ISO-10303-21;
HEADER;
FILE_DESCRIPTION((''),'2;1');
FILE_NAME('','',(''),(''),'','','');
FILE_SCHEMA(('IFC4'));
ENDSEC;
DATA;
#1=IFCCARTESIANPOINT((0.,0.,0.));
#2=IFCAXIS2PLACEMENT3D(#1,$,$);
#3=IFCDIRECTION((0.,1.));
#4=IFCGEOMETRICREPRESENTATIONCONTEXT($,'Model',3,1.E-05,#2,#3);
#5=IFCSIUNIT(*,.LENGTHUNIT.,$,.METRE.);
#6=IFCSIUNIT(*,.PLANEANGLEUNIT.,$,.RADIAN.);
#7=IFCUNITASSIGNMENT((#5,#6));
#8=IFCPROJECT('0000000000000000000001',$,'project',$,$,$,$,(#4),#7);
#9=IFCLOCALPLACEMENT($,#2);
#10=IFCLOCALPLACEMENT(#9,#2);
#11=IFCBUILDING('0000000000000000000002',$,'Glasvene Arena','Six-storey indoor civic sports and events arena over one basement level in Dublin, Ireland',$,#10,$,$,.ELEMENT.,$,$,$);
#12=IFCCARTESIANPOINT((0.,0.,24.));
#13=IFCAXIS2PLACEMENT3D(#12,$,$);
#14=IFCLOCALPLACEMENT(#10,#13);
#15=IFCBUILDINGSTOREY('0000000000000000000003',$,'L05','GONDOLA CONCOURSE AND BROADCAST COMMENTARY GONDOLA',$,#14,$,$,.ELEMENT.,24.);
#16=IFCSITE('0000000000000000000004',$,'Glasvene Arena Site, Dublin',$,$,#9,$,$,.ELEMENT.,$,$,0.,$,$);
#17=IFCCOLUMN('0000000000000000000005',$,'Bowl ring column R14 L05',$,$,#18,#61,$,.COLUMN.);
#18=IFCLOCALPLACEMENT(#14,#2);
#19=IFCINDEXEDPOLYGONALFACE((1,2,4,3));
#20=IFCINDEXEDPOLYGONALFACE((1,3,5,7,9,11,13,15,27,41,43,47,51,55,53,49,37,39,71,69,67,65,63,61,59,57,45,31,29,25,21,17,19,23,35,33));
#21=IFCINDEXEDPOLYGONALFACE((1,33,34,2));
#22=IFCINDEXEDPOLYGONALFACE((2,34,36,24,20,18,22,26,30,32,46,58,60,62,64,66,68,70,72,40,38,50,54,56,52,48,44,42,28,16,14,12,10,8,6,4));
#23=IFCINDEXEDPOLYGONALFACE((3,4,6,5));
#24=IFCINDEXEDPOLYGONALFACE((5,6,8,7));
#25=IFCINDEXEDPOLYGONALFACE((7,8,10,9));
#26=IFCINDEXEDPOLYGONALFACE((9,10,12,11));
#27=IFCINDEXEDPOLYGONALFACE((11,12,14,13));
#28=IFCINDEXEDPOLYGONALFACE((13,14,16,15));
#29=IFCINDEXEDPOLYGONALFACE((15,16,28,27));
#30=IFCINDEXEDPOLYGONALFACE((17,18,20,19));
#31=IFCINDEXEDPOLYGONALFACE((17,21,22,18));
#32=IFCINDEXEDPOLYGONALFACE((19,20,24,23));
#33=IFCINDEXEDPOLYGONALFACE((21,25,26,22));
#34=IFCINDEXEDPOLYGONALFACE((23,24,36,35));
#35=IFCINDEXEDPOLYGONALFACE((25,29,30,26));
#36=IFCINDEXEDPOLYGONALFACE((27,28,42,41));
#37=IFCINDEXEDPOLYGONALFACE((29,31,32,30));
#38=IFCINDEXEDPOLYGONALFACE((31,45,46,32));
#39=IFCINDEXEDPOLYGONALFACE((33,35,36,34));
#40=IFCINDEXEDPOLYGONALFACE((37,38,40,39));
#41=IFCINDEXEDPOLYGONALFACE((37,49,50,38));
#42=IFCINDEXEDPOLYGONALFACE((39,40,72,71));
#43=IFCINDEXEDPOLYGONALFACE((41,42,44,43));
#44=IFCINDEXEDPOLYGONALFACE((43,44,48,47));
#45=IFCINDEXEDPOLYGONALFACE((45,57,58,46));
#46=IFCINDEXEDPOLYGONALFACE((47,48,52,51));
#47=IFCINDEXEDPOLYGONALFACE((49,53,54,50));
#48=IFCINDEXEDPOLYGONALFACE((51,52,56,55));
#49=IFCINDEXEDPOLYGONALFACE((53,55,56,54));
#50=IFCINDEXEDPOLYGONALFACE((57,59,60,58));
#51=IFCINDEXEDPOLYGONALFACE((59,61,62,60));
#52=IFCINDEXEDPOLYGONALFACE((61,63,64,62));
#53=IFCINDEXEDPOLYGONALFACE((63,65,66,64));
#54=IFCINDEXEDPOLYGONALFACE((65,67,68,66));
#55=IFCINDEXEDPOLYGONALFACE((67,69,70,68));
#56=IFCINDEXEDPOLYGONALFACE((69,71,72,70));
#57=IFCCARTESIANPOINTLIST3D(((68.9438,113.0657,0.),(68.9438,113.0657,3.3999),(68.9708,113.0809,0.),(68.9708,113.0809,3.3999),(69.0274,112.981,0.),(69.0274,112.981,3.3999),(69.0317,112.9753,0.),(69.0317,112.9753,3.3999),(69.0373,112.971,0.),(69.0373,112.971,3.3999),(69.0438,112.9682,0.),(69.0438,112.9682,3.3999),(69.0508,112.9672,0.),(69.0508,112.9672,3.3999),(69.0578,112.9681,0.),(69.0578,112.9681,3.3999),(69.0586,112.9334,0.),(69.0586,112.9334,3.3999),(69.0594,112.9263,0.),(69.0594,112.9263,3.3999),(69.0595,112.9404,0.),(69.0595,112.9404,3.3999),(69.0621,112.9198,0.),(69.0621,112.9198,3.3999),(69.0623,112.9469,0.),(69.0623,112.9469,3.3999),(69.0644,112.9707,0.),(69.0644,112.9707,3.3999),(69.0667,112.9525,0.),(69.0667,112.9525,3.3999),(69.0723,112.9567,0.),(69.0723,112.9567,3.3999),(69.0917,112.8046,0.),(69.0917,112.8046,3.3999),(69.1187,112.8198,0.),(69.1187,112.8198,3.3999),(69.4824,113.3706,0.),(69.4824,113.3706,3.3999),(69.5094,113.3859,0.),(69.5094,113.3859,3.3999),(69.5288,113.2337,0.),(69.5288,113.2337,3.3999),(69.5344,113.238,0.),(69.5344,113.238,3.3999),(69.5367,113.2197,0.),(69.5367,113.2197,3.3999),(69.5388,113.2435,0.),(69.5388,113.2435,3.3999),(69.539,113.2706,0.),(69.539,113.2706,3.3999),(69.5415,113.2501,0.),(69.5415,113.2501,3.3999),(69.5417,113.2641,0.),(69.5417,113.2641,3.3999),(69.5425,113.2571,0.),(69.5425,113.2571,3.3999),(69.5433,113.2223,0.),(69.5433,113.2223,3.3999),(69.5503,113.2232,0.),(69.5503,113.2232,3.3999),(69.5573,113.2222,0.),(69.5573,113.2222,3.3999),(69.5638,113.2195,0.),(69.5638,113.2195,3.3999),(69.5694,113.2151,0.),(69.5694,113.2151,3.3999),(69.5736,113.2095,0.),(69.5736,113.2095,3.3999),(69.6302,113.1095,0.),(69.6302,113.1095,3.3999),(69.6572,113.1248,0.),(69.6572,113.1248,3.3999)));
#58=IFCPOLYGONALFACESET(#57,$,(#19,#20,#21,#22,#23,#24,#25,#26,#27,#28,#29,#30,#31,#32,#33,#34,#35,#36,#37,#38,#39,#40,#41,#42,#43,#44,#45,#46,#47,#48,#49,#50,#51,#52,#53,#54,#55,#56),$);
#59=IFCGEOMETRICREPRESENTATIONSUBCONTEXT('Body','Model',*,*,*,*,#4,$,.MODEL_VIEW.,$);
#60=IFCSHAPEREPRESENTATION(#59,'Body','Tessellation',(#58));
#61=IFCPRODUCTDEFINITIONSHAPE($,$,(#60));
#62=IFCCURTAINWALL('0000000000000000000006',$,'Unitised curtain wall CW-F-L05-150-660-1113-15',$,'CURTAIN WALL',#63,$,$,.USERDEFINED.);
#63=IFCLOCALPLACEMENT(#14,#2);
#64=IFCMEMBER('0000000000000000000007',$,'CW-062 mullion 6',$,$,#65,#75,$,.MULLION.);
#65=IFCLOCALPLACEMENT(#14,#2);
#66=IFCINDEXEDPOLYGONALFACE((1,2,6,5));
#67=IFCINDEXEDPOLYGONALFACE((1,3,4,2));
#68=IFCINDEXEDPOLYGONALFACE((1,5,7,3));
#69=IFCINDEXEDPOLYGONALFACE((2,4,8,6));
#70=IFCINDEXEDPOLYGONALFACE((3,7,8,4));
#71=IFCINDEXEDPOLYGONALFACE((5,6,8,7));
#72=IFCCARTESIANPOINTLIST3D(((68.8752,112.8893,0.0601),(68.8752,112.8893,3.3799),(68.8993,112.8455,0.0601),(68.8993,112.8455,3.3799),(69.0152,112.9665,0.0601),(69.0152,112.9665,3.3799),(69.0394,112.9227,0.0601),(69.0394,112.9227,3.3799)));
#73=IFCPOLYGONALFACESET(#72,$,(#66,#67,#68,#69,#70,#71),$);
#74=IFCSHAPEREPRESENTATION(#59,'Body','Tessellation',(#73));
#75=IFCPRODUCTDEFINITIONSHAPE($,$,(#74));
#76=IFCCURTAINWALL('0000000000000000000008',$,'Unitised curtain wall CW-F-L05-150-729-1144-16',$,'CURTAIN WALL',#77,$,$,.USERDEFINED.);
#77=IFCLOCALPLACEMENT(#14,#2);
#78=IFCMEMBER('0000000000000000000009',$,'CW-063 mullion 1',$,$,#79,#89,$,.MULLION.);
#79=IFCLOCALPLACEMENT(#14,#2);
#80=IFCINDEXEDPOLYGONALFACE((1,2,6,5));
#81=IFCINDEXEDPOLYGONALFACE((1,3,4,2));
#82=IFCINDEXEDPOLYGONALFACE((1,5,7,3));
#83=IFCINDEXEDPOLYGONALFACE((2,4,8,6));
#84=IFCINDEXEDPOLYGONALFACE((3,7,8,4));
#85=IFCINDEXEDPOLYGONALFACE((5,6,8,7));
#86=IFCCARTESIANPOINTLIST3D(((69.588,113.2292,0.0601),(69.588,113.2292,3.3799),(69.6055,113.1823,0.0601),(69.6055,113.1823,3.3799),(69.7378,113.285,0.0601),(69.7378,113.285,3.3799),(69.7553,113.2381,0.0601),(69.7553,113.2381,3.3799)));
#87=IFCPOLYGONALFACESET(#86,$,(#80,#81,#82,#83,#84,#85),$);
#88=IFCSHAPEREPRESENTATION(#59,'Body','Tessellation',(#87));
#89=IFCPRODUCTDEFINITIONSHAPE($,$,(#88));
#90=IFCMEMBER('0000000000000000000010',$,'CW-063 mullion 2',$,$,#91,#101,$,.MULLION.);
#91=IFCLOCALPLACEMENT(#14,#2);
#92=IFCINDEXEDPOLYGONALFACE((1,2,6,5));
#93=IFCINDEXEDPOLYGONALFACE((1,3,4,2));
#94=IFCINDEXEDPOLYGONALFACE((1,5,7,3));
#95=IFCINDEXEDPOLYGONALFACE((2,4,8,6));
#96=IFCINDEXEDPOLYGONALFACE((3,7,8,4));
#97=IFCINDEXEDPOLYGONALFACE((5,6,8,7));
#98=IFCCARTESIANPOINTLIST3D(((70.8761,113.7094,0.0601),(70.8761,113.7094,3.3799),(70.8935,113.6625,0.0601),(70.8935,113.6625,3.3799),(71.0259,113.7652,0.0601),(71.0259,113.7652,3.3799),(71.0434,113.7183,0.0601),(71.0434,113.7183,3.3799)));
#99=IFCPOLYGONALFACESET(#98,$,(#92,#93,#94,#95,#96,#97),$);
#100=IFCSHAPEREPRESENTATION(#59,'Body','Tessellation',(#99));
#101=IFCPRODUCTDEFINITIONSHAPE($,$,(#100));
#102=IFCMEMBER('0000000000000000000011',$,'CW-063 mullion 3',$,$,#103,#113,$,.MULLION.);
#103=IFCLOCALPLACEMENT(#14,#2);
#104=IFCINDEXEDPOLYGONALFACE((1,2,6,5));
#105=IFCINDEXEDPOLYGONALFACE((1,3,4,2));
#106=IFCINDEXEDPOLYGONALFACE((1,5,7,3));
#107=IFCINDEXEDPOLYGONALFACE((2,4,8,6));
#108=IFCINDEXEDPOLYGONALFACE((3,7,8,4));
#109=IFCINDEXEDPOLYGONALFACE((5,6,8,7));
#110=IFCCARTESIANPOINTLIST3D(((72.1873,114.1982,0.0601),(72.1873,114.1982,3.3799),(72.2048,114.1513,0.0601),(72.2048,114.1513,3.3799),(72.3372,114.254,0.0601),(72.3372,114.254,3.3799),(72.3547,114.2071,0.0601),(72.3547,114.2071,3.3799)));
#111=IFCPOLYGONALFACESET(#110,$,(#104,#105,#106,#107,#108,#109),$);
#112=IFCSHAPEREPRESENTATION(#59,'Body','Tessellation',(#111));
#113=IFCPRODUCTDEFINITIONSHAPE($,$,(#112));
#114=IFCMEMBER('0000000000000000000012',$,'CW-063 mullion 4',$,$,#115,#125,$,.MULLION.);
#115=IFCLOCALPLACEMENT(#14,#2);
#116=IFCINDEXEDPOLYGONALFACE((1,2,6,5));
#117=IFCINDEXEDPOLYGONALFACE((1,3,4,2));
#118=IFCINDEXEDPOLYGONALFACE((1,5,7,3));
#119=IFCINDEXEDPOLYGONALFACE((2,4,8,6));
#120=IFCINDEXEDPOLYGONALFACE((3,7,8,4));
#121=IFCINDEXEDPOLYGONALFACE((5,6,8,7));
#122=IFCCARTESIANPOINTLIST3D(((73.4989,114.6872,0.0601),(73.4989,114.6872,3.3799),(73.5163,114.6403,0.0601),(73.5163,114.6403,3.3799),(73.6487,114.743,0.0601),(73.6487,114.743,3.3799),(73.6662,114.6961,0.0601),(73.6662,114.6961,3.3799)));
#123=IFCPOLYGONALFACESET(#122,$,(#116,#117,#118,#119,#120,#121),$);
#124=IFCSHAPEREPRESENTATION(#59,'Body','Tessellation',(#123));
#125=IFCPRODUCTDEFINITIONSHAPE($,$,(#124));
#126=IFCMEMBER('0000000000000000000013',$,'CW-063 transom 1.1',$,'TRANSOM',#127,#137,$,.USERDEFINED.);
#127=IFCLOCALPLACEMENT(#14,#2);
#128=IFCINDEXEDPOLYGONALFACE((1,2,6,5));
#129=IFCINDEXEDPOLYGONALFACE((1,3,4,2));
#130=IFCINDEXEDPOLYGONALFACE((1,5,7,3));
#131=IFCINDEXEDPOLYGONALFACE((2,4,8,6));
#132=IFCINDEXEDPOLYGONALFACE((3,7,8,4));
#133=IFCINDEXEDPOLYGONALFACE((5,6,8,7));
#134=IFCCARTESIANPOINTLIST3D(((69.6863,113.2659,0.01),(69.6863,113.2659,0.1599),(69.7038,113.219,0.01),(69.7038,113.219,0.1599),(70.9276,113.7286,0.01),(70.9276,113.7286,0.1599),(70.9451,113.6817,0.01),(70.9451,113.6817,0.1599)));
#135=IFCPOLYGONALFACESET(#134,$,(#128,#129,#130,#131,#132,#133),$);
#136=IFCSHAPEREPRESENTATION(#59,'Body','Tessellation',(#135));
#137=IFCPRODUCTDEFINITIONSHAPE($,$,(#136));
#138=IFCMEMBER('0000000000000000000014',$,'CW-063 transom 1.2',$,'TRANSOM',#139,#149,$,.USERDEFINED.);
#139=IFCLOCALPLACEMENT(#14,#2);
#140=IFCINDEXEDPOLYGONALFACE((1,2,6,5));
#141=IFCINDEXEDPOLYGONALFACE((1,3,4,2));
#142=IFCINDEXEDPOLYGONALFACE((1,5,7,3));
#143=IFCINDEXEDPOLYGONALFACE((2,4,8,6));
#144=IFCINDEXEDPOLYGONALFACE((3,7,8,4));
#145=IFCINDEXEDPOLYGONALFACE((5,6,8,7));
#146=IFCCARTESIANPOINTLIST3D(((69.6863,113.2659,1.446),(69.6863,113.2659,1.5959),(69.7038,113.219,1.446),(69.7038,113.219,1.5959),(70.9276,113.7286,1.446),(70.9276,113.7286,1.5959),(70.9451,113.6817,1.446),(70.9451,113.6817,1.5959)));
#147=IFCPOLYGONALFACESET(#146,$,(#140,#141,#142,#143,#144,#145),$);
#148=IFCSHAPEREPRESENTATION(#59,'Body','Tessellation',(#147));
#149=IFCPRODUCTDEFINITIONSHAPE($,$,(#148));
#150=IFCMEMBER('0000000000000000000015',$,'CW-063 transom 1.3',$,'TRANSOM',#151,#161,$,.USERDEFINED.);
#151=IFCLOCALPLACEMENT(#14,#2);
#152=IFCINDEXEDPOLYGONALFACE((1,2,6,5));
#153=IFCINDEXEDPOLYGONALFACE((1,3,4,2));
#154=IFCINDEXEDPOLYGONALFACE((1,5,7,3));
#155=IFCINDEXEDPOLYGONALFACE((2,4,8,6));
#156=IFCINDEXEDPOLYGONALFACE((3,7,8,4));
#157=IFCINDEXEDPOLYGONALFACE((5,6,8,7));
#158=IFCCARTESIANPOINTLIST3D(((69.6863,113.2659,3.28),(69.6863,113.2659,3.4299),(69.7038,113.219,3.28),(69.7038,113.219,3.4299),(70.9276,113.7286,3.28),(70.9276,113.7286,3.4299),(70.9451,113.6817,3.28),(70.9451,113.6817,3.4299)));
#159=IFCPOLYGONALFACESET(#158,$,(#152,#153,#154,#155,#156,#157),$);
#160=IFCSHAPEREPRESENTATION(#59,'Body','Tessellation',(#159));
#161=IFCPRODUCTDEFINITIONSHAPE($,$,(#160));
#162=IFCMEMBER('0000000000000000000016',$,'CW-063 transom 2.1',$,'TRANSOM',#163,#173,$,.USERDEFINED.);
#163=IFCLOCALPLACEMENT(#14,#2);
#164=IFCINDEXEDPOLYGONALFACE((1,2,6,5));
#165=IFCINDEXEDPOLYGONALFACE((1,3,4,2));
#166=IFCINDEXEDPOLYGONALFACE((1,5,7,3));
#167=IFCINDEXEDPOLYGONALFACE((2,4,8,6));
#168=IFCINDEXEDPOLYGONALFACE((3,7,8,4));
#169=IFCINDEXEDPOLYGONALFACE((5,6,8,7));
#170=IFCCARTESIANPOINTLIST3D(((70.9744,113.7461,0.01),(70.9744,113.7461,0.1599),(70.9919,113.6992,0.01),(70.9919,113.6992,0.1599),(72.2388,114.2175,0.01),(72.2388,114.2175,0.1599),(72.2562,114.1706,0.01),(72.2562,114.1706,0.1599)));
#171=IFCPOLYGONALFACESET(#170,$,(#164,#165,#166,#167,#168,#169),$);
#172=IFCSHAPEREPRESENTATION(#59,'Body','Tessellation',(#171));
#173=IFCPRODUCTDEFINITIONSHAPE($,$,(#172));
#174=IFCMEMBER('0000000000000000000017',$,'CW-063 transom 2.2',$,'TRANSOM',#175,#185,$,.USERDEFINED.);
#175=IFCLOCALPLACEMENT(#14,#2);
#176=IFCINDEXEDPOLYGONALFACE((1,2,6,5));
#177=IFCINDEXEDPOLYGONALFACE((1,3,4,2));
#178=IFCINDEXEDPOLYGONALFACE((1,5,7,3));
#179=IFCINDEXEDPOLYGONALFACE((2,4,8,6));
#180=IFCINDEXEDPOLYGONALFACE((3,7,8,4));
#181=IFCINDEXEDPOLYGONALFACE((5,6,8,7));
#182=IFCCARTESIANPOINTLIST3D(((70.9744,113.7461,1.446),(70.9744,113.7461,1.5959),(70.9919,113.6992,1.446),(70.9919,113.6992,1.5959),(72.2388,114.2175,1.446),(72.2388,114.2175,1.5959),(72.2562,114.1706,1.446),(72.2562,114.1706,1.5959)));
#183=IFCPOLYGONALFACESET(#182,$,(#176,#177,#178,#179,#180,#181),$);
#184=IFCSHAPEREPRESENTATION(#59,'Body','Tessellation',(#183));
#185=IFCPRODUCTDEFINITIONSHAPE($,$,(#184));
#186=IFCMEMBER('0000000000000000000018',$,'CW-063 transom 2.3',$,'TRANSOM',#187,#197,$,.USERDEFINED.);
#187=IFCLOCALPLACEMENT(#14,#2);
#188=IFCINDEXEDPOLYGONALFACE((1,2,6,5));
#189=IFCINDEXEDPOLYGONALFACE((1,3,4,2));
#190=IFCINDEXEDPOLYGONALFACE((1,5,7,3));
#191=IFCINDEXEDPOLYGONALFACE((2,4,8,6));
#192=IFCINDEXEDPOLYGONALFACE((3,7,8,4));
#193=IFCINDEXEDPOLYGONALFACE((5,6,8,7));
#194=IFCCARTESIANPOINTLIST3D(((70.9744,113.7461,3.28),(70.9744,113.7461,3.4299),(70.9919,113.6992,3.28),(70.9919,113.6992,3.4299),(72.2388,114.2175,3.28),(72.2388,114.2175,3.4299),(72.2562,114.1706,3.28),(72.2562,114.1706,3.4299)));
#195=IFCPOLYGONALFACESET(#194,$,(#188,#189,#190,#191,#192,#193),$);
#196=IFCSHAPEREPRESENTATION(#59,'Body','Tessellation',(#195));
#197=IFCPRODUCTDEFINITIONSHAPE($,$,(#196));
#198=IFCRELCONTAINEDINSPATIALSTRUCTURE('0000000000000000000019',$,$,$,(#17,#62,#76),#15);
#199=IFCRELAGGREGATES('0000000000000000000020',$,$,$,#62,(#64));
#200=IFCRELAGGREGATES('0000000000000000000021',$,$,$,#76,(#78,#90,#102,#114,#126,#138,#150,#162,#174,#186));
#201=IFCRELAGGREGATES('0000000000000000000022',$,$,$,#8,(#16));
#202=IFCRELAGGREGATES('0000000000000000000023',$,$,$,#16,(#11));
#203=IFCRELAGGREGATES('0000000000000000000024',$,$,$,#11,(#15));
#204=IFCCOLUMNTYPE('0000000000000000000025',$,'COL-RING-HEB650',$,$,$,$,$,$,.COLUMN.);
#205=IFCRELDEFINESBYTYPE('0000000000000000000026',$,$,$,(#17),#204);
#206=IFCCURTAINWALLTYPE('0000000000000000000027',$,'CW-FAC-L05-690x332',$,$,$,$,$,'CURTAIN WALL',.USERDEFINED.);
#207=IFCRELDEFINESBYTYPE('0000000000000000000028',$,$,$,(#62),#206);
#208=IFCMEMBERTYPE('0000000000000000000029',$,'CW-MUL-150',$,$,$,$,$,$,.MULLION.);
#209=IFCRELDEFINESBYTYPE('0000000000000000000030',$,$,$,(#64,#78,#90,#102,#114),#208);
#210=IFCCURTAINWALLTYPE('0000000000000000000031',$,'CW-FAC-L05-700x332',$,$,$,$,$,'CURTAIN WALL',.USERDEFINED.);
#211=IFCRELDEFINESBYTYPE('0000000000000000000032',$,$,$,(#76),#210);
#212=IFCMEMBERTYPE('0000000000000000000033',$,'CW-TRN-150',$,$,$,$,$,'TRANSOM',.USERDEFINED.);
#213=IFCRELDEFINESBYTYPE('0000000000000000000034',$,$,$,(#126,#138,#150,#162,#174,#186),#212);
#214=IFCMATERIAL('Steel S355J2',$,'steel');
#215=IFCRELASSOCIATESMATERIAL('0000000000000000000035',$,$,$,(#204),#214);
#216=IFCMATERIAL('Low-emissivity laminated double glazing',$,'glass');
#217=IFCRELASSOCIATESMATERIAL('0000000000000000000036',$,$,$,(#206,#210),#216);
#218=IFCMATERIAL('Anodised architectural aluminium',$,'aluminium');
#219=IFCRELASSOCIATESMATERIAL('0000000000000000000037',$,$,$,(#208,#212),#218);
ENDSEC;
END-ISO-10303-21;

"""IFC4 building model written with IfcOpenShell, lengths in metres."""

from ifc_helpers import new_model, si_unit, direction, frame, origin, origin_2d, place, context, subcontext, project, spatial, rectangle, i_section, extrude, material, material_profile, profile_set, type_object, element, aggregate, save


model = new_model("IFC4")

# Units and contexts
model_context = context("Model", 3, precision=1e-05, world=origin(), true_north=direction((0.0, 1.0)))
body_context = subcontext(model_context, "Body", "Model", "MODEL_VIEW")
ifc_project = project(units=[si_unit("LENGTHUNIT", "METRE"), si_unit("PLANEANGLEUNIT", "RADIAN")], contexts=[model_context])

# Site, building, storey
site_placement = place(None, origin())
site = spatial("IfcSite", under=ifc_project, at=site_placement, Name="Glasvene Arena Site, Dublin", CompositionType="ELEMENT", RefElevation=0.0)
building_placement = place(site_placement, origin())
building = spatial("IfcBuilding", under=site, at=building_placement, Name="Glasvene Arena", Description="Six-storey indoor civic sports and events arena over one basement level in Dublin, Ireland", CompositionType="ELEMENT")
storey_placement = place(building_placement, frame((0.0, 0.0, 24.0)))
storey = spatial("IfcBuildingStorey", under=building, at=storey_placement, Name="L05", Description="GONDOLA CONCOURSE AND BROADCAST COMMENTARY GONDOLA", CompositionType="ELEMENT", Elevation=24.0)

# Column
ifc_material_1 = material(Name="Steel S355J2", Category="steel")
ifc_material_profile_1 = material_profile(ifc_material_1, i_section(OverallWidth=0.3, OverallDepth=0.6499, WebThickness=0.0161, FlangeThickness=0.031, FilletRadius=0.0271, at=origin_2d()), Name="HEB 650")
ifc_profile_set_1 = profile_set([ifc_material_profile_1], Name="Steel S355J2")
column_type = type_object("IfcColumnType", Name="COL-RING-HEB650", PredefinedType="COLUMN", material=ifc_profile_set_1)
column_placement = place(storey_placement, frame((69.3005, 113.0952, 0.0), z_axis=(0.0, 0.0, 1.0), x_axis=(-0.492727, 0.870184, 0.0)))
element("IfcColumn", 1, at=column_placement, inside=storey, type_object=column_type, Name="Bowl ring column R14 L05", PredefinedType="COLUMN", context=body_context, shape_type="SweptSolid", body=[
    extrude(i_section(OverallWidth=0.3, OverallDepth=0.6499, WebThickness=0.0161, FlangeThickness=0.031, FilletRadius=0.0271, at=origin_2d()), origin(), (0.0, 0.0, 1.0), 3.3999),
])

# Curtain wall, member
ifc_material_2 = material(Name="Low-emissivity laminated double glazing", Category="glass")
curtain_wall_type_1 = type_object("IfcCurtainWallType", Name="CW-FAC-L05-690x332", ElementType="CURTAIN WALL", PredefinedType="USERDEFINED", material=ifc_material_2)
curtain_wall_1_placement = place(storey_placement, frame((62.9365, 109.5854, 0.0)))
curtain_wall_1 = element("IfcCurtainWall", 2, at=curtain_wall_1_placement, inside=storey, type_object=curtain_wall_type_1, Name="Unitised curtain wall CW-F-L05-150-660-1113-15", ObjectType="CURTAIN WALL", PredefinedType="USERDEFINED")
ifc_material_3 = material(Name="Anodised architectural aluminium", Category="aluminium")
ifc_material_profile_2 = material_profile(ifc_material_3, rectangle(XDim=0.05, YDim=0.1599, at=origin_2d()), Name="ALU MULLION 50x160")
ifc_profile_set_2 = profile_set([ifc_material_profile_2], Name="Anodised architectural aluminium")
member_type_1 = type_object("IfcMemberType", Name="CW-MUL-150", PredefinedType="MULLION", material=ifc_profile_set_2)
member_1_placement = place(storey_placement, frame((68.9573, 112.906, 0.0601), z_axis=(0.0, 0.0, 1.0), x_axis=(-0.482939, 0.875654, 0.0)))
member_1 = element("IfcMember", 3, at=member_1_placement, type_object=member_type_1, Name="CW-062 mullion 6", PredefinedType="MULLION", context=body_context, shape_type="SweptSolid", body=[
    extrude(rectangle(XDim=0.05, YDim=0.1599, at=origin_2d()), origin(), (0.0, 0.0, 1.0), 3.3198),
])

# Curtain wall, members
curtain_wall_type_2 = type_object("IfcCurtainWallType", Name="CW-FAC-L05-700x332", ElementType="CURTAIN WALL", PredefinedType="USERDEFINED", material=ifc_material_2)
curtain_wall_2_placement = place(storey_placement, frame((69.6482, 113.2251, 0.0)))
curtain_wall_2 = element("IfcCurtainWall", 4, at=curtain_wall_2_placement, inside=storey, type_object=curtain_wall_type_2, Name="Unitised curtain wall CW-F-L05-150-729-1144-16", ObjectType="CURTAIN WALL", PredefinedType="USERDEFINED")
member_2_placement = place(storey_placement, frame((69.6716, 113.2336, 0.0601), z_axis=(0.0, 0.0, 1.0), x_axis=(-0.349297, 0.937012, 0.0)))
member_2 = element("IfcMember", 5, at=member_2_placement, type_object=member_type_1, Name="CW-063 mullion 1", PredefinedType="MULLION", context=body_context, shape_type="SweptSolid", body=[
    extrude(rectangle(XDim=0.05, YDim=0.1599, at=origin_2d()), origin(), (0.0, 0.0, 1.0), 3.3198),
])
member_3_placement = place(storey_placement, frame((70.9597, 113.7139, 0.0601), z_axis=(0.0, 0.0, 1.0), x_axis=(-0.349297, 0.937012, 0.0)))
member_3 = element("IfcMember", 6, at=member_3_placement, type_object=member_type_1, Name="CW-063 mullion 2", PredefinedType="MULLION", context=body_context, shape_type="SweptSolid", body=[
    extrude(rectangle(XDim=0.05, YDim=0.1599, at=origin_2d()), origin(), (0.0, 0.0, 1.0), 3.3198),
])
member_4_placement = place(storey_placement, frame((72.271, 114.2026, 0.0601), z_axis=(0.0, 0.0, 1.0), x_axis=(-0.349297, 0.937012, 0.0)))
member_4 = element("IfcMember", 7, at=member_4_placement, type_object=member_type_1, Name="CW-063 mullion 3", PredefinedType="MULLION", context=body_context, shape_type="SweptSolid", body=[
    extrude(rectangle(XDim=0.05, YDim=0.1599, at=origin_2d()), origin(), (0.0, 0.0, 1.0), 3.3198),
])
member_5_placement = place(storey_placement, frame((73.5825, 114.6917, 0.0601), z_axis=(0.0, 0.0, 1.0), x_axis=(-0.349297, 0.937012, 0.0)))
member_5 = element("IfcMember", 8, at=member_5_placement, type_object=member_type_1, Name="CW-063 mullion 4", PredefinedType="MULLION", context=body_context, shape_type="SweptSolid", body=[
    extrude(rectangle(XDim=0.05, YDim=0.1599, at=origin_2d()), origin(), (0.0, 0.0, 1.0), 3.3198),
])
ifc_material_profile_3 = material_profile(ifc_material_3, rectangle(XDim=0.05, YDim=0.1499, at=origin_2d()), Name="ALU TRANSOM 50x150")
ifc_profile_set_3 = profile_set([ifc_material_profile_3], Name="Anodised architectural aluminium")
member_type_2 = type_object("IfcMemberType", Name="CW-TRN-150", ElementType="TRANSOM", PredefinedType="USERDEFINED", material=ifc_profile_set_3)
member_6_placement = place(storey_placement, frame((69.6951, 113.2424, 0.085), z_axis=(0.937024, 0.349265, 0.0), x_axis=(-0.349265, 0.937024, 0.0)))
member_6 = element("IfcMember", 9, at=member_6_placement, type_object=member_type_2, Name="CW-063 transom 1.1", ObjectType="TRANSOM", PredefinedType="USERDEFINED", context=body_context, shape_type="SweptSolid", body=[
    extrude(rectangle(XDim=0.05, YDim=0.1499, at=origin_2d()), origin(), (0.0, 0.0, 1.0), 1.3247),
])
member_7_placement = place(storey_placement, frame((69.6951, 113.2424, 1.521), z_axis=(0.937024, 0.349265, 0.0), x_axis=(-0.349265, 0.937024, 0.0)))
member_7 = element("IfcMember", 10, at=member_7_placement, type_object=member_type_2, Name="CW-063 transom 1.2", ObjectType="TRANSOM", PredefinedType="USERDEFINED", context=body_context, shape_type="SweptSolid", body=[
    extrude(rectangle(XDim=0.05, YDim=0.1499, at=origin_2d()), origin(), (0.0, 0.0, 1.0), 1.3247),
])
member_8_placement = place(storey_placement, frame((69.6951, 113.2424, 3.355), z_axis=(0.937024, 0.349265, 0.0), x_axis=(-0.349265, 0.937024, 0.0)))
member_8 = element("IfcMember", 11, at=member_8_placement, type_object=member_type_2, Name="CW-063 transom 1.3", ObjectType="TRANSOM", PredefinedType="USERDEFINED", context=body_context, shape_type="SweptSolid", body=[
    extrude(rectangle(XDim=0.05, YDim=0.1499, at=origin_2d()), origin(), (0.0, 0.0, 1.0), 1.3247),
])
member_9_placement = place(storey_placement, frame((70.9832, 113.7227, 0.085), z_axis=(0.936989, 0.349358, 0.0), x_axis=(-0.349358, 0.936989, 0.0)))
member_9 = element("IfcMember", 12, at=member_9_placement, type_object=member_type_2, Name="CW-063 transom 2.1", ObjectType="TRANSOM", PredefinedType="USERDEFINED", context=body_context, shape_type="SweptSolid", body=[
    extrude(rectangle(XDim=0.05, YDim=0.1499, at=origin_2d()), origin(), (0.0, 0.0, 1.0), 1.3494),
])
member_10_placement = place(storey_placement, frame((70.9832, 113.7227, 1.521), z_axis=(0.936989, 0.349358, 0.0), x_axis=(-0.349358, 0.936989, 0.0)))
member_10 = element("IfcMember", 13, at=member_10_placement, type_object=member_type_2, Name="CW-063 transom 2.2", ObjectType="TRANSOM", PredefinedType="USERDEFINED", context=body_context, shape_type="SweptSolid", body=[
    extrude(rectangle(XDim=0.05, YDim=0.1499, at=origin_2d()), origin(), (0.0, 0.0, 1.0), 1.3494),
])
member_11_placement = place(storey_placement, frame((70.9832, 113.7227, 3.355), z_axis=(0.936989, 0.349358, 0.0), x_axis=(-0.349358, 0.936989, 0.0)))
member_11 = element("IfcMember", 14, at=member_11_placement, type_object=member_type_2, Name="CW-063 transom 2.3", ObjectType="TRANSOM", PredefinedType="USERDEFINED", context=body_context, shape_type="SweptSolid", body=[
    extrude(rectangle(XDim=0.05, YDim=0.1499, at=origin_2d()), origin(), (0.0, 0.0, 1.0), 1.3494),
])

aggregate(curtain_wall_1, [member_1])
aggregate(curtain_wall_2, [member_2, member_3, member_4, member_5, member_6, member_7, member_8, member_9, member_10, member_11])

save(model, "model.ifc")
